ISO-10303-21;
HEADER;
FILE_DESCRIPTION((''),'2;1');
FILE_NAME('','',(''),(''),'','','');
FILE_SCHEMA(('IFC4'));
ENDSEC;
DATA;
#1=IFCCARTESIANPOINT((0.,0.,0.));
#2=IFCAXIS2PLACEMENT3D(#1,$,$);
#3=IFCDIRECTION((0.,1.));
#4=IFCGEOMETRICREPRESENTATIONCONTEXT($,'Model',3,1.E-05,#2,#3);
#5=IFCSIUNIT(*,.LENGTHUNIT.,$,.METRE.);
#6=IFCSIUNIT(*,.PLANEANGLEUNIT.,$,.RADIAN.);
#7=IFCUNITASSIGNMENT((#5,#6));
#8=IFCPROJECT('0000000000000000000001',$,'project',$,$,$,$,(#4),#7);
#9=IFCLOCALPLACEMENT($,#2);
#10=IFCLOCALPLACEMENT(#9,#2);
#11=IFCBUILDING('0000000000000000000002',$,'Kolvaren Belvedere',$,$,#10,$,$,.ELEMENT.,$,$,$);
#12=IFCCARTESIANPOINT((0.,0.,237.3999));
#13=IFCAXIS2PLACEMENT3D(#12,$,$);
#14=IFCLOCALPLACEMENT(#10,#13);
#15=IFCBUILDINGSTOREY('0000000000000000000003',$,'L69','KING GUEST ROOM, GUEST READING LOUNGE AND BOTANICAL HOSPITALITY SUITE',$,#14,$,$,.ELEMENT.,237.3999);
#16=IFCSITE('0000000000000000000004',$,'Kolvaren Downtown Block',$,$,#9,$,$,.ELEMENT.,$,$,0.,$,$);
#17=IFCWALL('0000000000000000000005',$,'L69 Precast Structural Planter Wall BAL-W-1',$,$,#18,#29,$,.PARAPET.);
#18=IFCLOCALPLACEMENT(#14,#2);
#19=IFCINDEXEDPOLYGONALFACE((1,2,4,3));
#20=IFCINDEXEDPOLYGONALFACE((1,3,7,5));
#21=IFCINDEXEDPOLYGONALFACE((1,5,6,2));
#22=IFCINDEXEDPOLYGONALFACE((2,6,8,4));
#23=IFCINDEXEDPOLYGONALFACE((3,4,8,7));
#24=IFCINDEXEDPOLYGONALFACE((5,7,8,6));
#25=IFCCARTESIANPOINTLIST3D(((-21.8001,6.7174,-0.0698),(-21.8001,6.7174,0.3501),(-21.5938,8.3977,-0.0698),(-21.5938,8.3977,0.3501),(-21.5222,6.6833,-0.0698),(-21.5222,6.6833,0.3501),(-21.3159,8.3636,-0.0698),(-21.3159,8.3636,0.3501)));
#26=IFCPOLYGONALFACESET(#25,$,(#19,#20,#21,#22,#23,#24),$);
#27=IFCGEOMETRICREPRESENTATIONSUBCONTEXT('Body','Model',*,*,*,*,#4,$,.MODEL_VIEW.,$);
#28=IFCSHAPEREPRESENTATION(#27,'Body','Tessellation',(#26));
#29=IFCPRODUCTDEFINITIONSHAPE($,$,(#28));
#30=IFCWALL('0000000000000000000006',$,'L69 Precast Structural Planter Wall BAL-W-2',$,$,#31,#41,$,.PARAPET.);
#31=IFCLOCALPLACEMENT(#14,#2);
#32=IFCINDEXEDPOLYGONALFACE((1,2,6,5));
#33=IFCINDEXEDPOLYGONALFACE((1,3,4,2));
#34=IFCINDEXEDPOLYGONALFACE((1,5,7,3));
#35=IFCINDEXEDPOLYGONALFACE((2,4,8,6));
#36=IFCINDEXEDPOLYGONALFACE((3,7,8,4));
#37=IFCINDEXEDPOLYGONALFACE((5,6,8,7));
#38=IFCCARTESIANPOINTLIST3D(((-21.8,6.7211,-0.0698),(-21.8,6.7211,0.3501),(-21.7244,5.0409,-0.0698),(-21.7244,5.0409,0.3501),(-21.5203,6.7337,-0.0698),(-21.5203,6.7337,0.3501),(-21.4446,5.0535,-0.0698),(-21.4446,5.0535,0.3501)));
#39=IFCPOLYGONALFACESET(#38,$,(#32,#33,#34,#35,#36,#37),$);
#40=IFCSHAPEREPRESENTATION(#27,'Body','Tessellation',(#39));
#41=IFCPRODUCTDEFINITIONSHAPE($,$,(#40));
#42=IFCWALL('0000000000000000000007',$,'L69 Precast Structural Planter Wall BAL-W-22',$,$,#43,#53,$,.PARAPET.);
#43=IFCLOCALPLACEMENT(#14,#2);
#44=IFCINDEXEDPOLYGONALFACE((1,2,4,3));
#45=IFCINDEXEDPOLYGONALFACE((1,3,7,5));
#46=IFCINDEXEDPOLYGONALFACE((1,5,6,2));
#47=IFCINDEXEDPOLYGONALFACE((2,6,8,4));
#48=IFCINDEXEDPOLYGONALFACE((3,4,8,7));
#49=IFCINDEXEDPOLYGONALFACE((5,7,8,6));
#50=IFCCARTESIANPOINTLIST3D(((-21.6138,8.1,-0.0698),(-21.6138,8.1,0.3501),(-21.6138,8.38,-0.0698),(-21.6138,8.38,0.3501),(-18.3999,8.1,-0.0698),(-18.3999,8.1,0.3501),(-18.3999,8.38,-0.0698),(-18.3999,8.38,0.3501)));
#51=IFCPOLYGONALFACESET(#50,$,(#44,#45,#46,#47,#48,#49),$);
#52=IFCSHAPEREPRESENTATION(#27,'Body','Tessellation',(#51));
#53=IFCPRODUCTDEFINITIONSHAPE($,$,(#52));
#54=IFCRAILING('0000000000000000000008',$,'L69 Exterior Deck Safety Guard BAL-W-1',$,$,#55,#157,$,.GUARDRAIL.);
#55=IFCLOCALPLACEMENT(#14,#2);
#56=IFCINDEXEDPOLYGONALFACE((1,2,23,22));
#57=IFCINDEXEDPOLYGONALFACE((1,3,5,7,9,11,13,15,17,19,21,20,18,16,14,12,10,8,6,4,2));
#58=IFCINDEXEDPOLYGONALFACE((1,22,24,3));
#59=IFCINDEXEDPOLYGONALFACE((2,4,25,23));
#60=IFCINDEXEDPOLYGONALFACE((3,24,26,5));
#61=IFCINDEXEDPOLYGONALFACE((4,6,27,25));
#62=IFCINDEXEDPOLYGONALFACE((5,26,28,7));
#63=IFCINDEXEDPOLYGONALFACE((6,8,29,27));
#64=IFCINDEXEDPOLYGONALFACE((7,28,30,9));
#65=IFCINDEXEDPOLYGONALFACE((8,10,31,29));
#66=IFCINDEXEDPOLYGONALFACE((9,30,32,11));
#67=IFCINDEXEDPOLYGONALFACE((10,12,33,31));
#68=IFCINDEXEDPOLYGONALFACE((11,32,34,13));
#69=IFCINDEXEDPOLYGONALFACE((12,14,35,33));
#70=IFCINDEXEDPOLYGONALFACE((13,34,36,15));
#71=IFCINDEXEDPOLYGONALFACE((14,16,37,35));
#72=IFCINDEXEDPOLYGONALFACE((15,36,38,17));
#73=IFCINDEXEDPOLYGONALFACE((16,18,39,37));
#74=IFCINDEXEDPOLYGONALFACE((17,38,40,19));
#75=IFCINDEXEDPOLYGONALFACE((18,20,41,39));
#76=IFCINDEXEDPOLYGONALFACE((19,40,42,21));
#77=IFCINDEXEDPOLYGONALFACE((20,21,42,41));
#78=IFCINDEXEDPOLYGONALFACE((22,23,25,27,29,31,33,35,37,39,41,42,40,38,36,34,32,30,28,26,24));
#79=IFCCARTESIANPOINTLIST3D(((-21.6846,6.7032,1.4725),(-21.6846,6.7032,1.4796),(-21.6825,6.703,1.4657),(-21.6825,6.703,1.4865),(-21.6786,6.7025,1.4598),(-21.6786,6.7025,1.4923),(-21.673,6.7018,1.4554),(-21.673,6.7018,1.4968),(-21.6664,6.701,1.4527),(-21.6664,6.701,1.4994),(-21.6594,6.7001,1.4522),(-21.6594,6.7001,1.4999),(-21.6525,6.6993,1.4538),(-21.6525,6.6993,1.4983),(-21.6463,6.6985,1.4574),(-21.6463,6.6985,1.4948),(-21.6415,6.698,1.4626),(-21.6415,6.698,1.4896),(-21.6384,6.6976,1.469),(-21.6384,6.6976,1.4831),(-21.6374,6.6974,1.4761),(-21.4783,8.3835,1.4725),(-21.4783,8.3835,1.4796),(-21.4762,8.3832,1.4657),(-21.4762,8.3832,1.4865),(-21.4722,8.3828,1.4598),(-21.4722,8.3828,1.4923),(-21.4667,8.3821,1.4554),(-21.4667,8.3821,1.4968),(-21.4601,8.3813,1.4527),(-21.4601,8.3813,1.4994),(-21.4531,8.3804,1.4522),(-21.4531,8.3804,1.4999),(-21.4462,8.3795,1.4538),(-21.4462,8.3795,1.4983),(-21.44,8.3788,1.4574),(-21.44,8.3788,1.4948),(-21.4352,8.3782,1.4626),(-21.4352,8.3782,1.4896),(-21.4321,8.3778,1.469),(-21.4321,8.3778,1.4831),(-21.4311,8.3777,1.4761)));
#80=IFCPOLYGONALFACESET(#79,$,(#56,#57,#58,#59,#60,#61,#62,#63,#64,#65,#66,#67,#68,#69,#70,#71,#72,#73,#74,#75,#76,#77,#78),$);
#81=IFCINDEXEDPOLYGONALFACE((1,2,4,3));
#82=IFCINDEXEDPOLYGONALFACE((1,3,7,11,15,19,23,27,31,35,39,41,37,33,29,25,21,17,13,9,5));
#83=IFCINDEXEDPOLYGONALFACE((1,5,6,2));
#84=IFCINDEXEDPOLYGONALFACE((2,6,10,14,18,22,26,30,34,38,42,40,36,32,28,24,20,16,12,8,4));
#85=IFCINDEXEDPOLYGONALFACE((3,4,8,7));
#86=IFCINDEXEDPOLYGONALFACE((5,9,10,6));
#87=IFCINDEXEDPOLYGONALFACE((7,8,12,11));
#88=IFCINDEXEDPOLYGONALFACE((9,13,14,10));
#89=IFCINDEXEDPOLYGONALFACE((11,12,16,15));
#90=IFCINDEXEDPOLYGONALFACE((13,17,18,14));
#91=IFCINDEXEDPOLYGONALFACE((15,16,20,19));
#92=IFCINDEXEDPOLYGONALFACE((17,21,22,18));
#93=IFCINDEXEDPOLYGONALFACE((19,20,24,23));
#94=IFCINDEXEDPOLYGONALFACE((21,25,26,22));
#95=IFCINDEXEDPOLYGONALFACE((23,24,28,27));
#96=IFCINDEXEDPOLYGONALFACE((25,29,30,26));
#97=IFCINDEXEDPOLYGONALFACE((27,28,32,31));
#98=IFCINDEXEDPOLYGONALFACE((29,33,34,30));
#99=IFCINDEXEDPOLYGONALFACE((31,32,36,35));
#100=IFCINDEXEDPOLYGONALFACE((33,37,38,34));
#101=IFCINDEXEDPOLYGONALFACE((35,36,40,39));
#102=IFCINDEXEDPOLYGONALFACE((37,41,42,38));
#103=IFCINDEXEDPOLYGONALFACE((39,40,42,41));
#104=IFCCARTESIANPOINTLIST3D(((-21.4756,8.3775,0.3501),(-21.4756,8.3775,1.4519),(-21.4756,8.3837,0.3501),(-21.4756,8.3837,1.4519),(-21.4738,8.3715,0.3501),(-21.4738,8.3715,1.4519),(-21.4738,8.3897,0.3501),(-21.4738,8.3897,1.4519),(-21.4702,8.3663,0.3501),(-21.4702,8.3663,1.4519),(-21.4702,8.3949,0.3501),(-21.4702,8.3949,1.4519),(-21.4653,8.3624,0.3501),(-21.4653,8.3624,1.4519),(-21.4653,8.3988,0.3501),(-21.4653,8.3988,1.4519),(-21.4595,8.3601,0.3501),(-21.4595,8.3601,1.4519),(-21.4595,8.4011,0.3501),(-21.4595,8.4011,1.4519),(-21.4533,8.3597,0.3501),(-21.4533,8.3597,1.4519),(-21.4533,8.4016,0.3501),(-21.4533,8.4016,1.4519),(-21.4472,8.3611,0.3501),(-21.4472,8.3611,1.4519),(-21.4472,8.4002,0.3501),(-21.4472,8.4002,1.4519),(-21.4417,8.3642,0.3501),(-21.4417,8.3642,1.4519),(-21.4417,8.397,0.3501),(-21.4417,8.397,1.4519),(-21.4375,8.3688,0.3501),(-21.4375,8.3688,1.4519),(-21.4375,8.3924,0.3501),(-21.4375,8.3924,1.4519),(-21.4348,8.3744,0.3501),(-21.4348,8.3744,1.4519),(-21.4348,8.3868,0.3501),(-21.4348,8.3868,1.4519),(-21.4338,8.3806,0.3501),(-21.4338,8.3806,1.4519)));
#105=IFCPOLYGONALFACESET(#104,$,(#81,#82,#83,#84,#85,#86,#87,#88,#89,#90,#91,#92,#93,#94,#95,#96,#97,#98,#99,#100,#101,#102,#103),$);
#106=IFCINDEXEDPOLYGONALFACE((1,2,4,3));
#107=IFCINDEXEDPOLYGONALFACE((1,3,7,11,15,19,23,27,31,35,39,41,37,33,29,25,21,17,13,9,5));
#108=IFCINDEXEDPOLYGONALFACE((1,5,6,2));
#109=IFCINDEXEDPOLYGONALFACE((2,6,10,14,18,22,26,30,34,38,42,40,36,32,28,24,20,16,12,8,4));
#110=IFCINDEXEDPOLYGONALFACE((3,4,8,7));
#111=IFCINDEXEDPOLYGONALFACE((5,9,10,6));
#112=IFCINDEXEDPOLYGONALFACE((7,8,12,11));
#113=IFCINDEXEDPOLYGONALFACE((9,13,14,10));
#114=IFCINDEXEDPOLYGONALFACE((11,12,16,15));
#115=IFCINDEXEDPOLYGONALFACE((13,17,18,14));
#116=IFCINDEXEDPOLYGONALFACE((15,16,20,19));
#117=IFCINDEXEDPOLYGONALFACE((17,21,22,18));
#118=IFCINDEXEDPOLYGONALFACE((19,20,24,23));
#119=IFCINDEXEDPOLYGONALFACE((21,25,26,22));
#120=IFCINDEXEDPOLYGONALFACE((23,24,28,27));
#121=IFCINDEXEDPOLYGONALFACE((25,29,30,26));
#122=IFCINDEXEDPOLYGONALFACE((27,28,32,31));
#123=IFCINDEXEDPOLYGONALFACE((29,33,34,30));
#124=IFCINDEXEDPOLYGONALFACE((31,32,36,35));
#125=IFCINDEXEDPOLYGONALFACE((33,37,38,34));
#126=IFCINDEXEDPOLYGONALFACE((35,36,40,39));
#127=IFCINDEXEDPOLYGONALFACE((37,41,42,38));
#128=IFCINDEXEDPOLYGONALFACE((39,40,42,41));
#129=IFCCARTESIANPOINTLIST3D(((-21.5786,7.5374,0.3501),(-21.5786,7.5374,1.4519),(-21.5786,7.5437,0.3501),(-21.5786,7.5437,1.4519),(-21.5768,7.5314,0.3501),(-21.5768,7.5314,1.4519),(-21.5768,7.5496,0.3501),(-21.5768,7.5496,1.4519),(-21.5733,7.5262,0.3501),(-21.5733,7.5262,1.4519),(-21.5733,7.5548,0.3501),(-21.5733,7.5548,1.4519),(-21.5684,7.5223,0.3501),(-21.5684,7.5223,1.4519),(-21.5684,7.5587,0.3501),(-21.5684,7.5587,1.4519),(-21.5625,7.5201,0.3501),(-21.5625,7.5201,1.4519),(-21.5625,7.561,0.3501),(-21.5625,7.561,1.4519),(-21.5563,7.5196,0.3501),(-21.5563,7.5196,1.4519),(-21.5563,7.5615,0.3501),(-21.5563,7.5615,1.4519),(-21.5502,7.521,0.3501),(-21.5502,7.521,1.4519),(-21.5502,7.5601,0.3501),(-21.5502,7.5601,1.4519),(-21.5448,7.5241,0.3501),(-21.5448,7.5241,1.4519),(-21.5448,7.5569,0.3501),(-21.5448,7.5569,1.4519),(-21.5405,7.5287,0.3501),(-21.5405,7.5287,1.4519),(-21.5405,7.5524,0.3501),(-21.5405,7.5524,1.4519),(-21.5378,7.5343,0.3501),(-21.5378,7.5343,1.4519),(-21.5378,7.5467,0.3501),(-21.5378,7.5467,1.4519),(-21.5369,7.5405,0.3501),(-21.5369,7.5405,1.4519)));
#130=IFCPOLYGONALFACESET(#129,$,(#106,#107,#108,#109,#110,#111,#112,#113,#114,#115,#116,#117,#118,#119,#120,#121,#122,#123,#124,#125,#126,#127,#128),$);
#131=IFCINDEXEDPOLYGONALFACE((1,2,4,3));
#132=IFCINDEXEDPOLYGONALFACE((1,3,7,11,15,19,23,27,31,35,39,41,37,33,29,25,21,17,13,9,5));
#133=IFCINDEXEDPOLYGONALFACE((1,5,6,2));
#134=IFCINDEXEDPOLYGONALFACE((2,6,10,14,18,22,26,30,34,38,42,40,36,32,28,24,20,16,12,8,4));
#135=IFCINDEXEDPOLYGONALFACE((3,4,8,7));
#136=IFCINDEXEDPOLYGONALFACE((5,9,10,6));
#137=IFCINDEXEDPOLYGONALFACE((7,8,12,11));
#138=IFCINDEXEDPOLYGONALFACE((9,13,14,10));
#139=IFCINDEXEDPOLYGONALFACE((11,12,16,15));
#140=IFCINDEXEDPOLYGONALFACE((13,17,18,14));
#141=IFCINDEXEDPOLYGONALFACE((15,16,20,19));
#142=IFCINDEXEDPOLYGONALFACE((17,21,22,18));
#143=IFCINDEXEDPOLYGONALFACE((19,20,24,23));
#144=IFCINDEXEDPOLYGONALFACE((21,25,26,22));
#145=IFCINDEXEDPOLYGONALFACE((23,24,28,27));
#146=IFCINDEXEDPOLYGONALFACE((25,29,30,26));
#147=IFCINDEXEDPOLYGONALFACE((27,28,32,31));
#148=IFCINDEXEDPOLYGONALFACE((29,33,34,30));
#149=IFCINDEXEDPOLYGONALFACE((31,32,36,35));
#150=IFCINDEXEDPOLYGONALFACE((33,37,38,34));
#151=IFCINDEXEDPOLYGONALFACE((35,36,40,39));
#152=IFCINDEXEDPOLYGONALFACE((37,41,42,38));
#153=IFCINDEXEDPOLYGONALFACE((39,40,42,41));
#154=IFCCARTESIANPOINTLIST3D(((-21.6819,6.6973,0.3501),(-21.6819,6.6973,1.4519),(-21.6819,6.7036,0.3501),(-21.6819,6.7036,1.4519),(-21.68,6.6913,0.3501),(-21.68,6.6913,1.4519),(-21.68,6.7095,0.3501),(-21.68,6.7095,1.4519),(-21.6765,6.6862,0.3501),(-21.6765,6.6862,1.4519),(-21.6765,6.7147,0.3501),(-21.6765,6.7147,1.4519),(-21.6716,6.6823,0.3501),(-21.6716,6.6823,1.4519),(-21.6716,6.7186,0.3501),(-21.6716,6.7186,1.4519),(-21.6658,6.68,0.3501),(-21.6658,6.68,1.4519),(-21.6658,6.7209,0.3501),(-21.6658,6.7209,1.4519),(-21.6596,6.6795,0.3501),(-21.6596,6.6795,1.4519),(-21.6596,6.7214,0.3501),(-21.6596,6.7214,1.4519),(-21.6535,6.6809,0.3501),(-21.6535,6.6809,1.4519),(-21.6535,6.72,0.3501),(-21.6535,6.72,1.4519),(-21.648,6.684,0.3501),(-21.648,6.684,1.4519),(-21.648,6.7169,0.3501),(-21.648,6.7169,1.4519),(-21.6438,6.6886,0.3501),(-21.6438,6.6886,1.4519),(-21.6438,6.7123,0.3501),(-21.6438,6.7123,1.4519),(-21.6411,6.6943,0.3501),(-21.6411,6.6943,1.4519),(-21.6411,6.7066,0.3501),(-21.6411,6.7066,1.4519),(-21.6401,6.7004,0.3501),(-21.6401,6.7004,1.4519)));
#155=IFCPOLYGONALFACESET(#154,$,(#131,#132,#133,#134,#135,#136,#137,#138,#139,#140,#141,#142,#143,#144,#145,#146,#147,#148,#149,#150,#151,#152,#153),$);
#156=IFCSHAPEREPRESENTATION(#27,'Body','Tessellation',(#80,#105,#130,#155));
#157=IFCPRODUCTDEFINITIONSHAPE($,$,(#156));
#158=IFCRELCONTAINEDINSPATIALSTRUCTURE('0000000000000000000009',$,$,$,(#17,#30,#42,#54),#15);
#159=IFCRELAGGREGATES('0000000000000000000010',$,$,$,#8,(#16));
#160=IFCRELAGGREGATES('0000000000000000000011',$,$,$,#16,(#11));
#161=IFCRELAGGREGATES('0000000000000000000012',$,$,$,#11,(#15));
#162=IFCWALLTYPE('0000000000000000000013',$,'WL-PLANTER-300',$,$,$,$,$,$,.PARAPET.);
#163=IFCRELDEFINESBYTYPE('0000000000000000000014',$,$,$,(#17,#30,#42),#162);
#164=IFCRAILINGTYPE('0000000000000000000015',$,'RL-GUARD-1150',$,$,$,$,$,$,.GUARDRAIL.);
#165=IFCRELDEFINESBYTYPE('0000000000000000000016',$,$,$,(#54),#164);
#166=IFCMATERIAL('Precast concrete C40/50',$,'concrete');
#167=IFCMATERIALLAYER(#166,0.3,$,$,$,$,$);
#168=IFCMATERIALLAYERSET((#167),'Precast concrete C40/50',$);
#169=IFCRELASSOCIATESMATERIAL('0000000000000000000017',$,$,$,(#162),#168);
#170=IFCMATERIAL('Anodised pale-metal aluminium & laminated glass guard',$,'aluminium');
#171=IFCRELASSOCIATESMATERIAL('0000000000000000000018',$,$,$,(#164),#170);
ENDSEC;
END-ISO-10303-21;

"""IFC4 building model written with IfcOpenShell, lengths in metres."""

from ifc_helpers import new_model, si_unit, direction, frame, frame_2d, origin, origin_2d, place, context, subcontext, project, spatial, rectangle, circle, extrude, material, layer, layer_set, type_object, element, save


model = new_model("IFC4")

# Units and contexts
model_context = context("Model", 3, precision=1e-05, world=origin(), true_north=direction((0.0, 1.0)))
body_context = subcontext(model_context, "Body", "Model", "MODEL_VIEW")
ifc_project = project(units=[si_unit("LENGTHUNIT", "METRE"), si_unit("PLANEANGLEUNIT", "RADIAN")], contexts=[model_context])

# Site, building, storey
site_placement = place(None, origin())
site = spatial("IfcSite", under=ifc_project, at=site_placement, Name="Kolvaren Downtown Block", CompositionType="ELEMENT", RefElevation=0.0)
building_placement = place(site_placement, origin())
building = spatial("IfcBuilding", under=site, at=building_placement, Name="Kolvaren Belvedere", CompositionType="ELEMENT")
storey_placement = place(building_placement, frame((0.0, 0.0, 237.3999)))
storey = spatial("IfcBuildingStorey", under=building, at=storey_placement, Name="L69", Description="KING GUEST ROOM, GUEST READING LOUNGE AND BOTANICAL HOSPITALITY SUITE", CompositionType="ELEMENT", Elevation=237.3999)

# Walls
ifc_material_1 = material(Name="Precast concrete C40/50", Category="concrete")
ifc_layer_1 = layer(ifc_material_1, 0.3)
ifc_layer_set_1 = layer_set([ifc_layer_1], Name="Precast concrete C40/50")
wall_type_1 = type_object("IfcWallType", Name="WL-PLANTER-300", PredefinedType="PARAPET", material=ifc_layer_set_1)
wall_1_placement = place(storey_placement, frame((-21.4548, 8.3806, -0.0698), z_axis=(0.0, 0.0, 1.0), x_axis=(-0.121869, -0.992546, 0.0)))
element("IfcWall", 1, at=wall_1_placement, inside=storey, type_object=wall_type_1, Name="L69 Precast Structural Planter Wall BAL-W-1", PredefinedType="PARAPET", context=body_context, shape_type="SweptSolid", body=[
    extrude(rectangle(XDim=1.6929, YDim=0.28, at=frame_2d((0.8464, 0.0))), origin(), (0.0, 0.0, 1.0), 0.4199),
])
wall_2_placement = place(storey_placement, frame((-21.6602, 6.7273, -0.0698), z_axis=(0.0, 0.0, 1.0), x_axis=(0.044999, -0.998987, 0.0)))
element("IfcWall", 2, at=wall_2_placement, inside=storey, type_object=wall_type_1, Name="L69 Precast Structural Planter Wall BAL-W-2", PredefinedType="PARAPET", context=body_context, shape_type="SweptSolid", body=[
    extrude(rectangle(XDim=1.6819, YDim=0.28, at=frame_2d((0.8408, 0.0))), origin(), (0.0, 0.0, 1.0), 0.4199),
])
wall_3_placement = place(storey_placement, frame((-18.3999, 8.24, -0.0698), z_axis=(0.0, 0.0, 1.0), x_axis=(-1.0, 0.0, 0.0)))
element("IfcWall", 3, at=wall_3_placement, inside=storey, type_object=wall_type_1, Name="L69 Precast Structural Planter Wall BAL-W-22", PredefinedType="PARAPET", context=body_context, shape_type="SweptSolid", body=[
    extrude(rectangle(XDim=3.2139, YDim=0.28, at=frame_2d((1.6069, 0.0))), origin(), (0.0, 0.0, 1.0), 0.4199),
])

# Railing
ifc_material_2 = material(Name="Anodised pale-metal aluminium & laminated glass guard", Category="aluminium")
railing_type = type_object("IfcRailingType", Name="RL-GUARD-1150", PredefinedType="GUARDRAIL", material=ifc_material_2)
railing_1_placement = place(storey_placement, frame((-21.4548, 8.3806, 0.3501)))
element("IfcRailing", 4, at=railing_1_placement, inside=storey, type_object=railing_type, Name="L69 Exterior Deck Safety Guard BAL-W-1", PredefinedType="GUARDRAIL", context=body_context, shape_type="SweptSolid", body=[
    extrude(circle(Radius=0.0239, at=origin_2d()), frame((0.0, 0.0, 1.126), z_axis=(-0.121869, -0.992546, 0.0), x_axis=(0.992546, -0.121869, 0.0)), (0.0, 0.0, 1.0), 1.6929),
    extrude(circle(Radius=0.021, at=origin_2d()), origin(), (0.0, 0.0, 1.0), 1.1018),
    extrude(circle(Radius=0.021, at=origin_2d()), frame((-0.103, -0.8401, 0.0)), (0.0, 0.0, 1.0), 1.1018),
    extrude(circle(Radius=0.021, at=origin_2d()), frame((-0.2063, -1.6802, 0.0)), (0.0, 0.0, 1.0), 1.1018),
])

save(model, "model.ifc")
